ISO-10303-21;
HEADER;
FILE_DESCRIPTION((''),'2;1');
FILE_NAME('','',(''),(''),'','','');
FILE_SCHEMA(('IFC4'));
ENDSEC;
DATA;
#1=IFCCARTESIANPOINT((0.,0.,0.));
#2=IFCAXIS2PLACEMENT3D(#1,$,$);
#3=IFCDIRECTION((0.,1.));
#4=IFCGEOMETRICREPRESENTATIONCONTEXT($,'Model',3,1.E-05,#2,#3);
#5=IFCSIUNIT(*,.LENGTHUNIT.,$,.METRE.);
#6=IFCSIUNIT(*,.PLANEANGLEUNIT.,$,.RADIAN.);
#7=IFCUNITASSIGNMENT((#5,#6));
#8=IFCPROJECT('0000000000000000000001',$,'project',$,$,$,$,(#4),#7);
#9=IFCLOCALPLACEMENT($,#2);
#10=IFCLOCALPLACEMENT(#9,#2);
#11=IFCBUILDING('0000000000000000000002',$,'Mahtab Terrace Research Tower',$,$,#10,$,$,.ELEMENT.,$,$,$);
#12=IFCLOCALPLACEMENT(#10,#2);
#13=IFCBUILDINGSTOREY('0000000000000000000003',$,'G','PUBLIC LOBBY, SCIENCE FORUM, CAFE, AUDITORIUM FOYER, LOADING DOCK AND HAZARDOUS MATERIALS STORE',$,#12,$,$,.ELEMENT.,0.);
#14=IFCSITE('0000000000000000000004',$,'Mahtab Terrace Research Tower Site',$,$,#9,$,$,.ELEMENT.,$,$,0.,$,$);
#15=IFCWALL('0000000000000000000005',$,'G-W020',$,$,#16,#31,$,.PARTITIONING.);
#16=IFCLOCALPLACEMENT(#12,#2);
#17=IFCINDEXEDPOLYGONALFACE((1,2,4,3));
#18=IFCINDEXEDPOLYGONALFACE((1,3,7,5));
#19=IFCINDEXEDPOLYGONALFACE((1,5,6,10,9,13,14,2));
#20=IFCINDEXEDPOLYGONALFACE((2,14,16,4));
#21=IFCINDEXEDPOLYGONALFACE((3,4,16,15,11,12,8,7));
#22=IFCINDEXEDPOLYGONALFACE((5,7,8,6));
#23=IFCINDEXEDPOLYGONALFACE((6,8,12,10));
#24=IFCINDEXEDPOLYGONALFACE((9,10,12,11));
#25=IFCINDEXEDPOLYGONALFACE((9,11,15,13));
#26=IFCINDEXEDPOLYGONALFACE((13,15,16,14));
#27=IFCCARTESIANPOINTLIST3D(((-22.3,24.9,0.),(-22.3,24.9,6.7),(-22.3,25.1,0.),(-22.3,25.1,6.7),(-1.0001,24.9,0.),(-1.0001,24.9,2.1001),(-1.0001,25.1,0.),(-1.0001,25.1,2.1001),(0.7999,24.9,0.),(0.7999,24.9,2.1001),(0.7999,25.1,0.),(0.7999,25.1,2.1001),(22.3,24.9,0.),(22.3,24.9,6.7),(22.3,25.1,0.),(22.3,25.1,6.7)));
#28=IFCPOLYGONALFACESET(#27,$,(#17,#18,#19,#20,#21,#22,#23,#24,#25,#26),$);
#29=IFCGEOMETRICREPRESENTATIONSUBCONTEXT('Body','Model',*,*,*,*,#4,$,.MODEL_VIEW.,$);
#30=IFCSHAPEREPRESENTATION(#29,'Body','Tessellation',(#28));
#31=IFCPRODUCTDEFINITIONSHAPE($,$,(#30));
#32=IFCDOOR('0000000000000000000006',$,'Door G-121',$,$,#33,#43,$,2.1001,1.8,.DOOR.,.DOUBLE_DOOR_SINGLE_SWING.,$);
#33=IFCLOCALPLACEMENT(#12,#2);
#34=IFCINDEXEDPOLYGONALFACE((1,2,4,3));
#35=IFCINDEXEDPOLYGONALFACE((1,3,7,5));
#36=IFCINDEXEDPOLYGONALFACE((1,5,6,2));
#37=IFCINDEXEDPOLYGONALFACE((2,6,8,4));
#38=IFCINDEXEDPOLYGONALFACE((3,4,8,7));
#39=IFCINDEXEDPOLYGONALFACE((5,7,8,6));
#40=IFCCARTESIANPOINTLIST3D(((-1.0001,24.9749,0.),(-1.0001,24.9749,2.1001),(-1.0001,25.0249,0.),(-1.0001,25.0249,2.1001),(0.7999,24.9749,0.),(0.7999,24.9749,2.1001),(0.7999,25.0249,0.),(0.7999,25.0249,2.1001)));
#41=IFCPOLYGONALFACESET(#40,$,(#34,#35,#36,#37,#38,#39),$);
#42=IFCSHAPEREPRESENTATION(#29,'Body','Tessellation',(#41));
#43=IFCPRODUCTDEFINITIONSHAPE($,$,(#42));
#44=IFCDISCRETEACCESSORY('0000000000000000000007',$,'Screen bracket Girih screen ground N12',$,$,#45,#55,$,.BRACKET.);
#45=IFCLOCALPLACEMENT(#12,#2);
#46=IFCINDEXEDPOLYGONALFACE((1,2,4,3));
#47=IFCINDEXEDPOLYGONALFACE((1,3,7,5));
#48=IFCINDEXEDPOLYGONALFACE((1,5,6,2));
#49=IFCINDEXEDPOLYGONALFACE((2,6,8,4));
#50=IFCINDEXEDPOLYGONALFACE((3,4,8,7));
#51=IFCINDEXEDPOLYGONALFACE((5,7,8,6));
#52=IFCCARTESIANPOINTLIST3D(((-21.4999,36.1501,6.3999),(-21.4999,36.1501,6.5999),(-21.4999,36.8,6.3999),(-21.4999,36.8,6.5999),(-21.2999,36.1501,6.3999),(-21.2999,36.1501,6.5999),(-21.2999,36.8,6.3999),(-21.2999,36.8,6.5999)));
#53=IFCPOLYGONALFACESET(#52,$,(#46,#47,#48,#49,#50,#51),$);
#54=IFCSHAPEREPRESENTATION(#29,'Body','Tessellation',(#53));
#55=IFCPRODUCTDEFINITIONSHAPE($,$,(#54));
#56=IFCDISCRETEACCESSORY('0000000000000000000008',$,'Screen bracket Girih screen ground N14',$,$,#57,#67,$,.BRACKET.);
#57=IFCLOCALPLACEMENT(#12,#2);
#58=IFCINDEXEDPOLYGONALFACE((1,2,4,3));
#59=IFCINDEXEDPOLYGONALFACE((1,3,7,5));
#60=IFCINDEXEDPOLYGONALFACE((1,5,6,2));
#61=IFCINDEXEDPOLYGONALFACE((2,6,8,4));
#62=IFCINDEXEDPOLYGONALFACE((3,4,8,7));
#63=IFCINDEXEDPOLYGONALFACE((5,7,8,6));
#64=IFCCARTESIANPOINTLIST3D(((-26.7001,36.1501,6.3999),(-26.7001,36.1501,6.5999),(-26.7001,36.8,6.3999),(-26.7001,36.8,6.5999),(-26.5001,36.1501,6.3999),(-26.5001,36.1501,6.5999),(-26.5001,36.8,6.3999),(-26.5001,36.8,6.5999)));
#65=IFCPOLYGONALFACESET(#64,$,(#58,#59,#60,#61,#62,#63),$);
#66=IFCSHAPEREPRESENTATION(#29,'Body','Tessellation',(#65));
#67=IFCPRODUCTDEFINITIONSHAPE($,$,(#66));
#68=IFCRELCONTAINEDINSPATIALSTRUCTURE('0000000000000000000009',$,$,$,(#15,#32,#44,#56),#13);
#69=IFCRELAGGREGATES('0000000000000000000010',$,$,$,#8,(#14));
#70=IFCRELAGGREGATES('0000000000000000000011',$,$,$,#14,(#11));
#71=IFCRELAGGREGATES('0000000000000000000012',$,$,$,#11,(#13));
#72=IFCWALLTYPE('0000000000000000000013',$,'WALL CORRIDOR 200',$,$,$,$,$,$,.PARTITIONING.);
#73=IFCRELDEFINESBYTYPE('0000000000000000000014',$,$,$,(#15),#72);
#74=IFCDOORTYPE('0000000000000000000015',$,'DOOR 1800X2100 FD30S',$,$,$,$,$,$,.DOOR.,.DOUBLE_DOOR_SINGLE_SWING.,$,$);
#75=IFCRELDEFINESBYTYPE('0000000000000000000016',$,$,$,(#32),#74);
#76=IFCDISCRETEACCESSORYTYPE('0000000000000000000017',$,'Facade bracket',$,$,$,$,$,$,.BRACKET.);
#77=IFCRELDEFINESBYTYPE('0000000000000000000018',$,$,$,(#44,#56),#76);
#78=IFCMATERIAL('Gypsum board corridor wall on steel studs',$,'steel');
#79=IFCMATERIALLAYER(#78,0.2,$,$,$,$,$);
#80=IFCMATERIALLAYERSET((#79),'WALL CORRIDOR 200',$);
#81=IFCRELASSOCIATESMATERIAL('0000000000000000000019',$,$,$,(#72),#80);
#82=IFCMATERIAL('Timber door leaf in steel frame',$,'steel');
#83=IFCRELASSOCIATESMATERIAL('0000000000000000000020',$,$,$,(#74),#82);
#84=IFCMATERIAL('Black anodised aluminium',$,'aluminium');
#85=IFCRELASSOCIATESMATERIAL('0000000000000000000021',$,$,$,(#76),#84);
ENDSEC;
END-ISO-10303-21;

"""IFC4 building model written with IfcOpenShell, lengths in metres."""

from ifc_helpers import new_model, si_unit, direction, frame, frame_2d, origin, origin_2d, place, context, subcontext, project, spatial, rectangle, extrude, material, layer, layer_set, type_object, element, fill, save


model = new_model("IFC4")

# Units and contexts
model_context = context("Model", 3, precision=1e-05, world=origin(), true_north=direction((0.0, 1.0)))
body_context = subcontext(model_context, "Body", "Model", "MODEL_VIEW")
ifc_project = project(units=[si_unit("LENGTHUNIT", "METRE"), si_unit("PLANEANGLEUNIT", "RADIAN")], contexts=[model_context])

# Site, building, storey
site_placement = place(None, origin())
site = spatial("IfcSite", under=ifc_project, at=site_placement, Name="Mahtab Terrace Research Tower Site", CompositionType="ELEMENT", RefElevation=0.0)
building_placement = place(site_placement, origin())
building = spatial("IfcBuilding", under=site, at=building_placement, Name="Mahtab Terrace Research Tower", CompositionType="ELEMENT")
storey_placement = place(building_placement, origin())
storey = spatial("IfcBuildingStorey", under=building, at=storey_placement, Name="G", Description="PUBLIC LOBBY, SCIENCE FORUM, CAFE, AUDITORIUM FOYER, LOADING DOCK AND HAZARDOUS MATERIALS STORE", CompositionType="ELEMENT", Elevation=0.0)

# Wall, opening, door
ifc_material_1 = material(Name="Black anodised aluminium", Category="aluminium")
ifc_material_2 = material(Name="Gypsum board corridor wall on steel studs", Category="steel")
ifc_layer_1 = layer(ifc_material_2, 0.2)
ifc_layer_set_1 = layer_set([ifc_layer_1], Name="WALL CORRIDOR 200")
wall_type_1 = type_object("IfcWallType", Name="WALL CORRIDOR 200", PredefinedType="PARTITIONING", material=ifc_layer_set_1)
wall_1_placement = place(storey_placement, frame((-22.3, 25.0, 0.0), z_axis=(0.0, 0.0, 1.0), x_axis=(1.0, 0.0, 0.0)))
wall_1 = element("IfcWall", 1, at=wall_1_placement, inside=storey, type_object=wall_type_1, Name="G-W020", PredefinedType="PARTITIONING", context=body_context, shape_type="SweptSolid", body=[
    extrude(rectangle(XDim=44.6001, YDim=0.2, at=frame_2d((22.3, 0.0))), origin(), (0.0, 0.0, 1.0), 6.7),
])
opening_1_placement = place(wall_1_placement, frame((21.3, 0.0, 0.0)))
opening_1 = element("IfcOpeningElement", 2, at=opening_1_placement, cuts=wall_1, PredefinedType="OPENING", context=body_context, shape_type="SweptSolid", body=[
    extrude(rectangle(XDim=1.8, YDim=2.1001, at=frame_2d((0.8999, 1.05))), frame((0.0, 0.1099, 0.0), z_axis=(0.0, -1.0, 0.0), x_axis=(1.0, 0.0, 0.0)), (0.0, 0.0, 1.0), 0.22),
])
ifc_material_3 = material(Name="Timber door leaf in steel frame", Category="steel")
door_type_1 = type_object("IfcDoorType", Name="DOOR 1800X2100 FD30S", OperationType="DOUBLE_DOOR_SINGLE_SWING", PredefinedType="DOOR", material=ifc_material_3)
door_1_placement = place(opening_1_placement, origin())
door_1 = element("IfcDoor", 3, at=door_1_placement, inside=storey, type_object=door_type_1, Name="Door G-121", OperationType="DOUBLE_DOOR_SINGLE_SWING", OverallHeight=2.1001, OverallWidth=1.8, PredefinedType="DOOR", context=body_context, shape_type="SweptSolid", body=[
    extrude(rectangle(XDim=1.8, YDim=2.1001, at=frame_2d((0.8999, 1.05))), frame((0.0, 0.0249, 0.0), z_axis=(0.0, -1.0, 0.0), x_axis=(1.0, 0.0, 0.0)), (0.0, 0.0, 1.0), 0.05),
])
fill(opening_1, door_1)

# Discrete accessories
discrete_accessory_type = type_object("IfcDiscreteAccessoryType", Name="Facade bracket", PredefinedType="BRACKET", material=ifc_material_1)
for number, where, z_axis, x_axis, name in (
    (4, (-21.3999, 36.4751, 6.3999), (0.0, 0.0, 1.0), (-1.0, 0.0, 0.0), "Screen bracket Girih screen ground N12"),
    (5, (-26.6001, 36.4751, 6.3999), (0.0, 0.0, 1.0), (-1.0, 0.0, 0.0), "Screen bracket Girih screen ground N14"),
):
    element("IfcDiscreteAccessory", number, at=place(storey_placement, frame(where, z_axis=z_axis, x_axis=x_axis)), inside=storey, type_object=discrete_accessory_type, Name=name, PredefinedType="BRACKET", context=body_context, shape_type="SweptSolid", body=[
        extrude(rectangle(XDim=0.2, YDim=0.6499, at=origin_2d()), origin(), (0.0, 0.0, 1.0), 0.2),
    ])

save(model, "model.ifc")
